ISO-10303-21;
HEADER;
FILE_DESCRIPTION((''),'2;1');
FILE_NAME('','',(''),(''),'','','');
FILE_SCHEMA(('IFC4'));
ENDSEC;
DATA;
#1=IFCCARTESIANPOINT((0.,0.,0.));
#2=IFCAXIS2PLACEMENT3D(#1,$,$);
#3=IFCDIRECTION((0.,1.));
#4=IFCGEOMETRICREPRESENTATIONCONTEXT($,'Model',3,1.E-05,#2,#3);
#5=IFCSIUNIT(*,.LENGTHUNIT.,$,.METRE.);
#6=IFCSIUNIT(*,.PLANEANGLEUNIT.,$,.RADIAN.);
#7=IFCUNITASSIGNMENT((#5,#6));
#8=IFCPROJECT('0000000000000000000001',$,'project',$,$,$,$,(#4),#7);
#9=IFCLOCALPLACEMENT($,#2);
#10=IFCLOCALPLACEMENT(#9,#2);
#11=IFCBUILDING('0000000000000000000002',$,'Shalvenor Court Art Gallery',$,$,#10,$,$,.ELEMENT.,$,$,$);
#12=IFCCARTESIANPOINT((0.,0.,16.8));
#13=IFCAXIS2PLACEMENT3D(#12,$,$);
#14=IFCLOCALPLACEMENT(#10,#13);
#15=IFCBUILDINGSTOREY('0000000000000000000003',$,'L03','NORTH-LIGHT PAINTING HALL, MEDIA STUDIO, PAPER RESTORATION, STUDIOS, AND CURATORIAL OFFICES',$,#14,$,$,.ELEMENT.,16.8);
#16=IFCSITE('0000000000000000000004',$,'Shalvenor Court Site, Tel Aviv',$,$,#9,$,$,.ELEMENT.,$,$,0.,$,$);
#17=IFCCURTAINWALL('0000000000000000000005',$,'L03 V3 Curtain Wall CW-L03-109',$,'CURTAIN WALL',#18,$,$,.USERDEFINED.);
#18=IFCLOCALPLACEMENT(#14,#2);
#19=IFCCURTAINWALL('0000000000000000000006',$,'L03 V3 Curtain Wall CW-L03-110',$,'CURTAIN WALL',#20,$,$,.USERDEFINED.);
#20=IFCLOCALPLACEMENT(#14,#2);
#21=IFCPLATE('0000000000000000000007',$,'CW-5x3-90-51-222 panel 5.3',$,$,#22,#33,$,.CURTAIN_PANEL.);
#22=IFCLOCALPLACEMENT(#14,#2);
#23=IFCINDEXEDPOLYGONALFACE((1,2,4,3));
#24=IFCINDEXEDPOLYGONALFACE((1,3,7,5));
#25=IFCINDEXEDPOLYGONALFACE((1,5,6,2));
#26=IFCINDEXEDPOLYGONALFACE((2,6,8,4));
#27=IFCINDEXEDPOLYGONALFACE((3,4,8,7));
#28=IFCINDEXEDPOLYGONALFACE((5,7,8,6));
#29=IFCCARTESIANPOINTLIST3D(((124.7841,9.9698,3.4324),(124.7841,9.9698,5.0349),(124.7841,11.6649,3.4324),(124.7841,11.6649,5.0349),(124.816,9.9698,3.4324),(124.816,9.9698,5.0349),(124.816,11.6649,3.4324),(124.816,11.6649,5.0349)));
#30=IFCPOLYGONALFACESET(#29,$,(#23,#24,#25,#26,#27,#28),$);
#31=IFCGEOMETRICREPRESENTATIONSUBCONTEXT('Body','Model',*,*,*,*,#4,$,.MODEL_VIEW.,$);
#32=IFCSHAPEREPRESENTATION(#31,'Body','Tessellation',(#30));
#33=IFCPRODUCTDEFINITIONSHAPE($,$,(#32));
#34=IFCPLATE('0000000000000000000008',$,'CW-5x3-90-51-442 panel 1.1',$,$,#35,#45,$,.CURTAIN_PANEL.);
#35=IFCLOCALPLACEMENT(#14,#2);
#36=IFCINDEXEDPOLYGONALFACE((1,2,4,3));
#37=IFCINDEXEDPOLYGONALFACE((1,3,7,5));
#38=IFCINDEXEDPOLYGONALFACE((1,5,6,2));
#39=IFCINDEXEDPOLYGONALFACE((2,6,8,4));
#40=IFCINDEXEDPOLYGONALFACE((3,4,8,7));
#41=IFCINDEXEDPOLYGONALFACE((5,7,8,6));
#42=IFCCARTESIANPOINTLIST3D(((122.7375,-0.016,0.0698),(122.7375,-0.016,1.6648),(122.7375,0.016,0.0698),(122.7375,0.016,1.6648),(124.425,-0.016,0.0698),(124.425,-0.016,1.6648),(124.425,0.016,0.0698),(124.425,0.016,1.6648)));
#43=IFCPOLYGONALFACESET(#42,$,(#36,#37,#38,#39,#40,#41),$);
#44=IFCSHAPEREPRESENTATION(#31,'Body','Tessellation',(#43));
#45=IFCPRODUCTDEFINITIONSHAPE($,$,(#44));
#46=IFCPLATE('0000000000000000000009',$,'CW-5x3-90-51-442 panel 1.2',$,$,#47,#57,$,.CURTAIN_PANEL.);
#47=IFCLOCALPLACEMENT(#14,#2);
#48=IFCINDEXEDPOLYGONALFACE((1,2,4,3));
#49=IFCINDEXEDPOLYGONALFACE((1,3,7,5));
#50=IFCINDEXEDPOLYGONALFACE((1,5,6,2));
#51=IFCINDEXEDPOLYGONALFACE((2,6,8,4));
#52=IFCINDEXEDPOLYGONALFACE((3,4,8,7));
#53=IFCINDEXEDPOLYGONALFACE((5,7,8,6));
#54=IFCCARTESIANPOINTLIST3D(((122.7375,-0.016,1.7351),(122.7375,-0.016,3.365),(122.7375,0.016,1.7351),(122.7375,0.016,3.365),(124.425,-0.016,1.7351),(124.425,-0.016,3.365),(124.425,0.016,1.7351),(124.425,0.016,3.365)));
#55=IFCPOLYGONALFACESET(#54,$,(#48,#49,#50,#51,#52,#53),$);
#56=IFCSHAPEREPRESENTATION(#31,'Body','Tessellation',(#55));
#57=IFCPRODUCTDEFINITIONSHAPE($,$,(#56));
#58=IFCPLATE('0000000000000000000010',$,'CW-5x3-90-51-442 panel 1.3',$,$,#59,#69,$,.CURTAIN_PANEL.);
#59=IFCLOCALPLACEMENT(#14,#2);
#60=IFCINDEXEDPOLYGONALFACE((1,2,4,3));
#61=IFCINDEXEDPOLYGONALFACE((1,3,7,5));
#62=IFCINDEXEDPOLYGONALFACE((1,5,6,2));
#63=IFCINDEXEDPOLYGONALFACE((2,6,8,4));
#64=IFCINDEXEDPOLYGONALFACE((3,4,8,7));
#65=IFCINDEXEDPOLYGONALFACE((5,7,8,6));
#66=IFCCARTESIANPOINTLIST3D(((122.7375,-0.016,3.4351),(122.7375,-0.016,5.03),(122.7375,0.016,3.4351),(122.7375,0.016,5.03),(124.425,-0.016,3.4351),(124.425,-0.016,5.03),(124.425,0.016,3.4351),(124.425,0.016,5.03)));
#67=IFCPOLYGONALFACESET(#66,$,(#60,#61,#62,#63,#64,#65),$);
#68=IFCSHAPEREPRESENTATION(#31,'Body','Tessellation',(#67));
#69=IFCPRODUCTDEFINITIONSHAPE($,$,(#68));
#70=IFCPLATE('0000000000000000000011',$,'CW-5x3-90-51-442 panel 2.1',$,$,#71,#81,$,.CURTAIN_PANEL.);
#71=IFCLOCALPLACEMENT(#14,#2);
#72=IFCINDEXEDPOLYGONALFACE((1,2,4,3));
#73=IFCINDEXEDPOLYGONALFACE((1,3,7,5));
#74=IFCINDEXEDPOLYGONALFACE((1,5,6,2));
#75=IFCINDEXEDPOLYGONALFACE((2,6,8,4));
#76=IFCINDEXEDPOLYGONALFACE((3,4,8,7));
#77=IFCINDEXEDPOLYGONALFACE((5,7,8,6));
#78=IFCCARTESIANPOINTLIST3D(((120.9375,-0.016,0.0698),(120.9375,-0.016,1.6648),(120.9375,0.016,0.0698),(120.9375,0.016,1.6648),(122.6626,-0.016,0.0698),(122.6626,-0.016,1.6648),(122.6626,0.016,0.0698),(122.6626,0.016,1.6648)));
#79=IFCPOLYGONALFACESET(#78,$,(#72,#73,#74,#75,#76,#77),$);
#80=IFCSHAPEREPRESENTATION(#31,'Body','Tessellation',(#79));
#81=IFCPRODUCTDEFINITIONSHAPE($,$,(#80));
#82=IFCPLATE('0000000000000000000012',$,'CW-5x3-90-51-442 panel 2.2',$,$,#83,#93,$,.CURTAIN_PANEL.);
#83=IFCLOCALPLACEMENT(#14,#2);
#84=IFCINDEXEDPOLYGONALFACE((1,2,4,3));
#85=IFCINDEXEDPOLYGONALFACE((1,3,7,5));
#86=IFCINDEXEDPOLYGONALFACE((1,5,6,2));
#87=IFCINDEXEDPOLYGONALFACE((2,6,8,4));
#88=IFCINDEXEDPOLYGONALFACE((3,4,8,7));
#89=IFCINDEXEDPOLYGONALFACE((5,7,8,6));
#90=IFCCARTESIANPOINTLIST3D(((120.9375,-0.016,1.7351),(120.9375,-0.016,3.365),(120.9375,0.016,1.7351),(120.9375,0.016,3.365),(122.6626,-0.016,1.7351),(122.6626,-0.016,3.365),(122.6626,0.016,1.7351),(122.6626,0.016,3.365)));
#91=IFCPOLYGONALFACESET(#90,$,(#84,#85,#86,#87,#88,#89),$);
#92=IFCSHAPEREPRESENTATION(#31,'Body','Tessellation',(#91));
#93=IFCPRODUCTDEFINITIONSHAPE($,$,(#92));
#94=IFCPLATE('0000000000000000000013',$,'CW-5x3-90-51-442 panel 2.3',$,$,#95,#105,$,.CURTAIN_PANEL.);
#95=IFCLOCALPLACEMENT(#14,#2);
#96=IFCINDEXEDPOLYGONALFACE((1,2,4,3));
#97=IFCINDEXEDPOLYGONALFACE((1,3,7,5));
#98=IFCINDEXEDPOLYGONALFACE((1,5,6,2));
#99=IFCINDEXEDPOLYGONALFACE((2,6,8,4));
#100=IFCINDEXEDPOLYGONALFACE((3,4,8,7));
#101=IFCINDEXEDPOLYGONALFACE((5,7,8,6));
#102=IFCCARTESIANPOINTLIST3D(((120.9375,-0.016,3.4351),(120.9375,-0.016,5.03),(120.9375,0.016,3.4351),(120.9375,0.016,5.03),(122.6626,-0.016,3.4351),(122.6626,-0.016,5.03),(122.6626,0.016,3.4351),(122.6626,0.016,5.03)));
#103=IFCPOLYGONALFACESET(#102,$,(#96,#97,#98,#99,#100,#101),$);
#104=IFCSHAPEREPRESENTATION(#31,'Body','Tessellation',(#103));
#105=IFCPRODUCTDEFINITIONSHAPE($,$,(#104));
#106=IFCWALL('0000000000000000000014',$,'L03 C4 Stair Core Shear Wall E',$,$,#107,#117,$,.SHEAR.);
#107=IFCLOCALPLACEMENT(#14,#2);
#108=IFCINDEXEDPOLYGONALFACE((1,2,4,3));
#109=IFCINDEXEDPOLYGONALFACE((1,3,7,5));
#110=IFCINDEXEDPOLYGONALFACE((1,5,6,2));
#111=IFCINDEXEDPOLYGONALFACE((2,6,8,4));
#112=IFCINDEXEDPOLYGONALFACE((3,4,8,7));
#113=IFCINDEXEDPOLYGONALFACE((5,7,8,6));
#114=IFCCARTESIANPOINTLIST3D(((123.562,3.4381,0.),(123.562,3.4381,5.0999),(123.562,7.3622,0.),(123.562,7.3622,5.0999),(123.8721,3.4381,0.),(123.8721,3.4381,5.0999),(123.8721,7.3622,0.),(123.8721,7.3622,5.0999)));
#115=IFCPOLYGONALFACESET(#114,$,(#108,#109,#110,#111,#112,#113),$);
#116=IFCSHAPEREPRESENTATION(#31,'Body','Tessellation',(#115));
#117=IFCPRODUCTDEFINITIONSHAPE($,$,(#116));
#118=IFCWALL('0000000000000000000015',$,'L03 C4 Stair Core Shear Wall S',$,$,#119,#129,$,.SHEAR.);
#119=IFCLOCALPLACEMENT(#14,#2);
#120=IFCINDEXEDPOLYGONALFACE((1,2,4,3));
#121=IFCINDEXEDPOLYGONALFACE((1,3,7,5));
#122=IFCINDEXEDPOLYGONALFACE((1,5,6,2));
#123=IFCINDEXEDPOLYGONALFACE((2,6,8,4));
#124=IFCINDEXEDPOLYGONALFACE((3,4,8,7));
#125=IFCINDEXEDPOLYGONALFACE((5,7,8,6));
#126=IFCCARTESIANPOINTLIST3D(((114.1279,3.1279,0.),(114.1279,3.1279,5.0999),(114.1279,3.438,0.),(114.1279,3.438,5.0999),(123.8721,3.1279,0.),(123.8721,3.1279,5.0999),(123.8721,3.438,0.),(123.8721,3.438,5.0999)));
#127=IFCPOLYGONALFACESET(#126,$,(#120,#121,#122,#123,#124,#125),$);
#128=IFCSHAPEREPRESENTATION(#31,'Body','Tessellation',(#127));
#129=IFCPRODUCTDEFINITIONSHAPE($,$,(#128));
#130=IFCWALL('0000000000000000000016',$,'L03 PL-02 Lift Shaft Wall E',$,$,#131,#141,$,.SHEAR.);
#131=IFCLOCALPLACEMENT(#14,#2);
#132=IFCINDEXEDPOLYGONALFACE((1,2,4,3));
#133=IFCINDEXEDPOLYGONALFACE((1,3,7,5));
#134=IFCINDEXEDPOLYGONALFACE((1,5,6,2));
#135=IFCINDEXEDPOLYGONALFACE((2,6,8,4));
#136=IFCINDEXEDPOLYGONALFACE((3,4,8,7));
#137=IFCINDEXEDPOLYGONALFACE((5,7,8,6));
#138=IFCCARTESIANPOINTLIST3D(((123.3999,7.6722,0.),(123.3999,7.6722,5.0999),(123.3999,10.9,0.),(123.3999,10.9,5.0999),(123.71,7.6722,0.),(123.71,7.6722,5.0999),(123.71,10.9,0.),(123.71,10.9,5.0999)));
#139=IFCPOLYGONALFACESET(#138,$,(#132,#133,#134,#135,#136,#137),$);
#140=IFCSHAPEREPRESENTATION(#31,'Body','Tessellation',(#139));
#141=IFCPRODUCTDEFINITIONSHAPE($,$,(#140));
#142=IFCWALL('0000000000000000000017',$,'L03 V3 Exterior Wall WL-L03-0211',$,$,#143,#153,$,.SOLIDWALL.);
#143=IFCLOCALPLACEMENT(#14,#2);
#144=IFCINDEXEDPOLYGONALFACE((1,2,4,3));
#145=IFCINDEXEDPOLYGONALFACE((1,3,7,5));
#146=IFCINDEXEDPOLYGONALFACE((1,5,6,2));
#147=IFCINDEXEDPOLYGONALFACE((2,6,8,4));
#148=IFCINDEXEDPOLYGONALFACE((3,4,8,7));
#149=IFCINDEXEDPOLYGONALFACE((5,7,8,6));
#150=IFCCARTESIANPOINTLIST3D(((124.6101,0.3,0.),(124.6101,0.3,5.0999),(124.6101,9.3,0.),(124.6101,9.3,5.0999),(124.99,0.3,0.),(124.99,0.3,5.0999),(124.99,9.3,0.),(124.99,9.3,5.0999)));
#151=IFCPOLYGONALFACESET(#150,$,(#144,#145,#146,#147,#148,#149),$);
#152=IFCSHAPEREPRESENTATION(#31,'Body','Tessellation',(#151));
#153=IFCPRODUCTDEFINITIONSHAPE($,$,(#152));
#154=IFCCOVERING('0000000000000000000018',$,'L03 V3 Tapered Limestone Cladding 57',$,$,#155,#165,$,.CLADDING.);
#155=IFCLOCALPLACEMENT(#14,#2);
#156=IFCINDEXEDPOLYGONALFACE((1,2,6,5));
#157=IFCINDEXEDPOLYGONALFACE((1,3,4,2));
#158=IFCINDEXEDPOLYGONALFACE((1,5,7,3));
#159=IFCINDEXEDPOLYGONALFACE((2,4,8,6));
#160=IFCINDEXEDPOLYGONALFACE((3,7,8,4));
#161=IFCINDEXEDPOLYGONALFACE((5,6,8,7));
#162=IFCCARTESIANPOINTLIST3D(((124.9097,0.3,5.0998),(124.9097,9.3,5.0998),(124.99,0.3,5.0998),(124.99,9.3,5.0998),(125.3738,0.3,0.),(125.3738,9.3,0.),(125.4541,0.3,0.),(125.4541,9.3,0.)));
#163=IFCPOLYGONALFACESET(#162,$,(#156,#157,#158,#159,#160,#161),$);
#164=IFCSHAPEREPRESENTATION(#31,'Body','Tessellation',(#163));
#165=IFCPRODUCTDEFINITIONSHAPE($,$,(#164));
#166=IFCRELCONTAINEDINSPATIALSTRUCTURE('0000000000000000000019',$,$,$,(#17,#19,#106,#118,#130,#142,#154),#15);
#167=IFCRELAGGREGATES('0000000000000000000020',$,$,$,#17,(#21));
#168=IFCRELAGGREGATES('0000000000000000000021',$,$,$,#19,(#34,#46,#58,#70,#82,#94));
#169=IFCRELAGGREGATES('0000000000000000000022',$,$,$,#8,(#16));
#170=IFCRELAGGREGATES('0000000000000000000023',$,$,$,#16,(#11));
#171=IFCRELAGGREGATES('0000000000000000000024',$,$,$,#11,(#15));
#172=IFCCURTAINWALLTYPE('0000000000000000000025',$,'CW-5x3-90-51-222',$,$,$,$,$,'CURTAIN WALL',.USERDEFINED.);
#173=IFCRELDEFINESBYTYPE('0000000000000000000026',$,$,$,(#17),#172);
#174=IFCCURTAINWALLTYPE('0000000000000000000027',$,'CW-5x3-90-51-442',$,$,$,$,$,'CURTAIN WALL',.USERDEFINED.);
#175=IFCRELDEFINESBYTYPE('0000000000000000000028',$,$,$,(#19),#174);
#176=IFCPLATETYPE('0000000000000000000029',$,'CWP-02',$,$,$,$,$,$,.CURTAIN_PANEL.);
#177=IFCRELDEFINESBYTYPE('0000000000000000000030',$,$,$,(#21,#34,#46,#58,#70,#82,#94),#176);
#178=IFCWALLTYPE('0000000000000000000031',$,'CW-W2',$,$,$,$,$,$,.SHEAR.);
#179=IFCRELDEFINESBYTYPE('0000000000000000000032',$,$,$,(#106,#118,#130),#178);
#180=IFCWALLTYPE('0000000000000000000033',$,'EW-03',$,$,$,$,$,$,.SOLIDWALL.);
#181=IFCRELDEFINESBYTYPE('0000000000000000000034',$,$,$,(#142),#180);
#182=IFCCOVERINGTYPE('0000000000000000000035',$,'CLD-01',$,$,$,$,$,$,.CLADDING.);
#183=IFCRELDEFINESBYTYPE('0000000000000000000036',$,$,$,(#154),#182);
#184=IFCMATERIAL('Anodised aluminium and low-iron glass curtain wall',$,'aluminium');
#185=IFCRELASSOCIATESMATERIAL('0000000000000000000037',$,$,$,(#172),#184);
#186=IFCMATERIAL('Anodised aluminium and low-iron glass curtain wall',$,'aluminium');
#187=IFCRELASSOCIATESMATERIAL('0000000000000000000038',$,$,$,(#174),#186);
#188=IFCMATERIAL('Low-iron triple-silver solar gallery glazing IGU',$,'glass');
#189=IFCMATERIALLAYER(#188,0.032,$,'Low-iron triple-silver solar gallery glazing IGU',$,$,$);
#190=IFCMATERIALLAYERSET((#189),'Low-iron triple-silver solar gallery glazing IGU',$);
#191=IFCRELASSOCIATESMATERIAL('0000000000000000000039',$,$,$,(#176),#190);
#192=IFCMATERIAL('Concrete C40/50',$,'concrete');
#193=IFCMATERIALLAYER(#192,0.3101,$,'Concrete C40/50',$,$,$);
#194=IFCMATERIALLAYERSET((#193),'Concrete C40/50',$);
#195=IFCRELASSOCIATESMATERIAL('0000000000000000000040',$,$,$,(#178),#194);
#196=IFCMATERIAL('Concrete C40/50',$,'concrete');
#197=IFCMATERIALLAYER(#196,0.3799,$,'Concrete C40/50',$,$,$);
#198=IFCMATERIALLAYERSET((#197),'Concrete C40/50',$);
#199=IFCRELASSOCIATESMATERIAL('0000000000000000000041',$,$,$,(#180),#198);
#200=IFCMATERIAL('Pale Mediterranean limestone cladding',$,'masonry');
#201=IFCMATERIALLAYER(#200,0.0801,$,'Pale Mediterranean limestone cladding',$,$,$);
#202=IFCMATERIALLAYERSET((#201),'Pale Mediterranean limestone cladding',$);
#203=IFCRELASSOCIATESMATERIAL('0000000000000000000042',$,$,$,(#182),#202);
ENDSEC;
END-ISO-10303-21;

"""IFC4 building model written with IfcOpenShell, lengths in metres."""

from ifc_helpers import new_model, si_unit, direction, frame, frame_2d, origin, origin_2d, place, context, subcontext, project, spatial, polyline, rectangle, outline, extrude, material, layer, layer_set, type_object, element, aggregate, save


model = new_model("IFC4")

# Units and contexts
model_context = context("Model", 3, precision=1e-05, world=origin(), true_north=direction((0.0, 1.0)))
body_context = subcontext(model_context, "Body", "Model", "MODEL_VIEW")
ifc_project = project(units=[si_unit("LENGTHUNIT", "METRE"), si_unit("PLANEANGLEUNIT", "RADIAN")], contexts=[model_context])

# Site, building, storey
site_placement = place(None, origin())
site = spatial("IfcSite", under=ifc_project, at=site_placement, Name="Shalvenor Court Site, Tel Aviv", CompositionType="ELEMENT", RefElevation=0.0)
building_placement = place(site_placement, origin())
building = spatial("IfcBuilding", under=site, at=building_placement, Name="Shalvenor Court Art Gallery", CompositionType="ELEMENT")
storey_placement = place(building_placement, frame((0.0, 0.0, 16.8)))
storey = spatial("IfcBuildingStorey", under=building, at=storey_placement, Name="L03", Description="NORTH-LIGHT PAINTING HALL, MEDIA STUDIO, PAPER RESTORATION, STUDIOS, AND CURATORIAL OFFICES", CompositionType="ELEMENT", Elevation=16.8)

# Curtain wall
ifc_material_1 = material(Name="Anodised aluminium and low-iron glass curtain wall", Category="aluminium")
curtain_wall_type_1 = type_object("IfcCurtainWallType", Name="CW-5x3-90-51-222", ElementType="CURTAIN WALL", PredefinedType="USERDEFINED", material=ifc_material_1)
curtain_wall_1_placement = place(storey_placement, origin())
curtain_wall_1 = element("IfcCurtainWall", 1, at=curtain_wall_1_placement, inside=storey, type_object=curtain_wall_type_1, Name="L03 V3 Curtain Wall CW-L03-109", ObjectType="CURTAIN WALL", PredefinedType="USERDEFINED")

# Curtain wall
ifc_material_2 = material(Name="Anodised aluminium and low-iron glass curtain wall", Category="aluminium")
curtain_wall_type_2 = type_object("IfcCurtainWallType", Name="CW-5x3-90-51-442", ElementType="CURTAIN WALL", PredefinedType="USERDEFINED", material=ifc_material_2)
curtain_wall_2_placement = place(storey_placement, origin())
curtain_wall_2 = element("IfcCurtainWall", 2, at=curtain_wall_2_placement, inside=storey, type_object=curtain_wall_type_2, Name="L03 V3 Curtain Wall CW-L03-110", ObjectType="CURTAIN WALL", PredefinedType="USERDEFINED")

# Plates
ifc_material_3 = material(Name="Low-iron triple-silver solar gallery glazing IGU", Category="glass")
ifc_layer_1 = layer(ifc_material_3, 0.032, Name="Low-iron triple-silver solar gallery glazing IGU")
ifc_layer_set_1 = layer_set([ifc_layer_1], Name="Low-iron triple-silver solar gallery glazing IGU")
plate_type = type_object("IfcPlateType", Name="CWP-02", PredefinedType="CURTAIN_PANEL", material=ifc_layer_set_1)
plate_1_placement = place(storey_placement, frame((124.8, 10.8174, 3.4324), z_axis=(0.0, 0.0, 1.0), x_axis=(0.0, -1.0, 0.0)))
plate_1 = element("IfcPlate", 3, at=plate_1_placement, type_object=plate_type, Name="CW-5x3-90-51-222 panel 5.3", PredefinedType="CURTAIN_PANEL", context=body_context, shape_type="SweptSolid", body=[
    extrude(rectangle(XDim=1.6951, YDim=0.032, at=origin_2d()), origin(), (0.0, 0.0, 1.0), 1.6025),
])
aggregate(curtain_wall_1, [plate_1])
plate_2_placement = place(storey_placement, frame((123.5813, 0.0, 0.0698), z_axis=(0.0, 0.0, 1.0), x_axis=(-1.0, 0.0, 0.0)))
plate_2 = element("IfcPlate", 4, at=plate_2_placement, type_object=plate_type, Name="CW-5x3-90-51-442 panel 1.1", PredefinedType="CURTAIN_PANEL", context=body_context, shape_type="SweptSolid", body=[
    extrude(rectangle(XDim=1.6875, YDim=0.032, at=origin_2d()), origin(), (0.0, 0.0, 1.0), 1.595),
])
plate_3_placement = place(storey_placement, frame((123.5813, 0.0, 1.7351), z_axis=(0.0, 0.0, 1.0), x_axis=(-1.0, 0.0, 0.0)))
plate_3 = element("IfcPlate", 5, at=plate_3_placement, type_object=plate_type, Name="CW-5x3-90-51-442 panel 1.2", PredefinedType="CURTAIN_PANEL", context=body_context, shape_type="SweptSolid", body=[
    extrude(rectangle(XDim=1.6875, YDim=0.032, at=origin_2d()), origin(), (0.0, 0.0, 1.0), 1.6299),
])
plate_4_placement = place(storey_placement, frame((123.5813, 0.0, 3.4351), z_axis=(0.0, 0.0, 1.0), x_axis=(-1.0, 0.0, 0.0)))
plate_4 = element("IfcPlate", 6, at=plate_4_placement, type_object=plate_type, Name="CW-5x3-90-51-442 panel 1.3", PredefinedType="CURTAIN_PANEL", context=body_context, shape_type="SweptSolid", body=[
    extrude(rectangle(XDim=1.6875, YDim=0.032, at=origin_2d()), origin(), (0.0, 0.0, 1.0), 1.595),
])
plate_5_placement = place(storey_placement, frame((121.8, 0.0, 0.0698), z_axis=(0.0, 0.0, 1.0), x_axis=(-1.0, 0.0, 0.0)))
plate_5 = element("IfcPlate", 7, at=plate_5_placement, type_object=plate_type, Name="CW-5x3-90-51-442 panel 2.1", PredefinedType="CURTAIN_PANEL", context=body_context, shape_type="SweptSolid", body=[
    extrude(rectangle(XDim=1.7251, YDim=0.032, at=origin_2d()), origin(), (0.0, 0.0, 1.0), 1.595),
])
plate_6_placement = place(storey_placement, frame((121.8, 0.0, 1.7351), z_axis=(0.0, 0.0, 1.0), x_axis=(-1.0, 0.0, 0.0)))
plate_6 = element("IfcPlate", 8, at=plate_6_placement, type_object=plate_type, Name="CW-5x3-90-51-442 panel 2.2", PredefinedType="CURTAIN_PANEL", context=body_context, shape_type="SweptSolid", body=[
    extrude(rectangle(XDim=1.7251, YDim=0.032, at=origin_2d()), origin(), (0.0, 0.0, 1.0), 1.6299),
])
plate_7_placement = place(storey_placement, frame((121.8, 0.0, 3.4351), z_axis=(0.0, 0.0, 1.0), x_axis=(-1.0, 0.0, 0.0)))
plate_7 = element("IfcPlate", 9, at=plate_7_placement, type_object=plate_type, Name="CW-5x3-90-51-442 panel 2.3", PredefinedType="CURTAIN_PANEL", context=body_context, shape_type="SweptSolid", body=[
    extrude(rectangle(XDim=1.7251, YDim=0.032, at=origin_2d()), origin(), (0.0, 0.0, 1.0), 1.595),
])
aggregate(curtain_wall_2, [plate_2, plate_3, plate_4, plate_5, plate_6, plate_7])

# Walls
ifc_material_4 = material(Name="Concrete C40/50", Category="concrete")
ifc_layer_2 = layer(ifc_material_4, 0.3101, Name="Concrete C40/50")
ifc_layer_set_2 = layer_set([ifc_layer_2], Name="Concrete C40/50")
wall_type_1 = type_object("IfcWallType", Name="CW-W2", PredefinedType="SHEAR", material=ifc_layer_set_2)
wall_1_placement = place(storey_placement, frame((123.717, 7.3621, 0.0), z_axis=(0.0, 0.0, 1.0), x_axis=(0.0, -1.0, 0.0)))
element("IfcWall", 10, at=wall_1_placement, inside=storey, type_object=wall_type_1, Name="L03 C4 Stair Core Shear Wall E", PredefinedType="SHEAR", context=body_context, shape_type="SweptSolid", body=[
    extrude(rectangle(XDim=3.9241, YDim=0.3101, at=frame_2d((1.9619, 0.0))), origin(), (0.0, 0.0, 1.0), 5.0999),
])
wall_2_placement = place(storey_placement, frame((123.8721, 3.283, 0.0), z_axis=(0.0, 0.0, 1.0), x_axis=(-1.0, 0.0, 0.0)))
element("IfcWall", 11, at=wall_2_placement, inside=storey, type_object=wall_type_1, Name="L03 C4 Stair Core Shear Wall S", PredefinedType="SHEAR", context=body_context, shape_type="SweptSolid", body=[
    extrude(rectangle(XDim=9.7441, YDim=0.3101, at=frame_2d((4.8721, 0.0))), origin(), (0.0, 0.0, 1.0), 5.0999),
])
wall_3_placement = place(storey_placement, frame((123.5549, 10.8999, 0.0), z_axis=(0.0, 0.0, 1.0), x_axis=(0.0, -1.0, 0.0)))
element("IfcWall", 12, at=wall_3_placement, inside=storey, type_object=wall_type_1, Name="L03 PL-02 Lift Shaft Wall E", PredefinedType="SHEAR", context=body_context, shape_type="SweptSolid", body=[
    extrude(rectangle(XDim=3.2278, YDim=0.3101, at=frame_2d((1.6138, 0.0))), origin(), (0.0, 0.0, 1.0), 5.0999),
])
ifc_material_5 = material(Name="Concrete C40/50", Category="concrete")
ifc_layer_3 = layer(ifc_material_5, 0.3799, Name="Concrete C40/50")
ifc_layer_set_3 = layer_set([ifc_layer_3], Name="Concrete C40/50")
wall_type_2 = type_object("IfcWallType", Name="EW-03", PredefinedType="SOLIDWALL", material=ifc_layer_set_3)
wall_4_placement = place(storey_placement, frame((124.8, 9.3, 0.0), z_axis=(0.0, 0.0, 1.0), x_axis=(0.0, -1.0, 0.0)))
element("IfcWall", 13, at=wall_4_placement, inside=storey, type_object=wall_type_2, Name="L03 V3 Exterior Wall WL-L03-0211", PredefinedType="SOLIDWALL", context=body_context, shape_type="SweptSolid", body=[
    extrude(rectangle(XDim=9.0, YDim=0.3799, at=frame_2d((4.5, 0.0))), origin(), (0.0, 0.0, 1.0), 5.0999),
])

# Covering
ifc_material_6 = material(Name="Pale Mediterranean limestone cladding", Category="masonry")
ifc_layer_4 = layer(ifc_material_6, 0.0801, Name="Pale Mediterranean limestone cladding")
ifc_layer_set_4 = layer_set([ifc_layer_4], Name="Pale Mediterranean limestone cladding")
covering_type = type_object("IfcCoveringType", Name="CLD-01", PredefinedType="CLADDING", material=ifc_layer_set_4)
covering_placement = place(storey_placement, frame((125.4541, 0.3, 0.0), z_axis=(0.0, 0.0, 1.0), x_axis=(0.0, 1.0, 0.0)))
element("IfcCovering", 14, at=covering_placement, inside=storey, type_object=covering_type, Name="L03 V3 Tapered Limestone Cladding 57", PredefinedType="CLADDING", context=body_context, shape_type="SweptSolid", body=[
    extrude(outline(polyline([(0.0, 0.0), (9.0, 0.0), (9.0, 5.1208), (0.0, 5.1208), (0.0, 0.0)])), frame((0.0, 0.0, 0.0), z_axis=(0.0, -0.995884, 0.090633), x_axis=(1.0, 0.0, 0.0)), (0.0, 0.090633, -0.995884), 0.0803),
])

save(model, "model.ifc")
